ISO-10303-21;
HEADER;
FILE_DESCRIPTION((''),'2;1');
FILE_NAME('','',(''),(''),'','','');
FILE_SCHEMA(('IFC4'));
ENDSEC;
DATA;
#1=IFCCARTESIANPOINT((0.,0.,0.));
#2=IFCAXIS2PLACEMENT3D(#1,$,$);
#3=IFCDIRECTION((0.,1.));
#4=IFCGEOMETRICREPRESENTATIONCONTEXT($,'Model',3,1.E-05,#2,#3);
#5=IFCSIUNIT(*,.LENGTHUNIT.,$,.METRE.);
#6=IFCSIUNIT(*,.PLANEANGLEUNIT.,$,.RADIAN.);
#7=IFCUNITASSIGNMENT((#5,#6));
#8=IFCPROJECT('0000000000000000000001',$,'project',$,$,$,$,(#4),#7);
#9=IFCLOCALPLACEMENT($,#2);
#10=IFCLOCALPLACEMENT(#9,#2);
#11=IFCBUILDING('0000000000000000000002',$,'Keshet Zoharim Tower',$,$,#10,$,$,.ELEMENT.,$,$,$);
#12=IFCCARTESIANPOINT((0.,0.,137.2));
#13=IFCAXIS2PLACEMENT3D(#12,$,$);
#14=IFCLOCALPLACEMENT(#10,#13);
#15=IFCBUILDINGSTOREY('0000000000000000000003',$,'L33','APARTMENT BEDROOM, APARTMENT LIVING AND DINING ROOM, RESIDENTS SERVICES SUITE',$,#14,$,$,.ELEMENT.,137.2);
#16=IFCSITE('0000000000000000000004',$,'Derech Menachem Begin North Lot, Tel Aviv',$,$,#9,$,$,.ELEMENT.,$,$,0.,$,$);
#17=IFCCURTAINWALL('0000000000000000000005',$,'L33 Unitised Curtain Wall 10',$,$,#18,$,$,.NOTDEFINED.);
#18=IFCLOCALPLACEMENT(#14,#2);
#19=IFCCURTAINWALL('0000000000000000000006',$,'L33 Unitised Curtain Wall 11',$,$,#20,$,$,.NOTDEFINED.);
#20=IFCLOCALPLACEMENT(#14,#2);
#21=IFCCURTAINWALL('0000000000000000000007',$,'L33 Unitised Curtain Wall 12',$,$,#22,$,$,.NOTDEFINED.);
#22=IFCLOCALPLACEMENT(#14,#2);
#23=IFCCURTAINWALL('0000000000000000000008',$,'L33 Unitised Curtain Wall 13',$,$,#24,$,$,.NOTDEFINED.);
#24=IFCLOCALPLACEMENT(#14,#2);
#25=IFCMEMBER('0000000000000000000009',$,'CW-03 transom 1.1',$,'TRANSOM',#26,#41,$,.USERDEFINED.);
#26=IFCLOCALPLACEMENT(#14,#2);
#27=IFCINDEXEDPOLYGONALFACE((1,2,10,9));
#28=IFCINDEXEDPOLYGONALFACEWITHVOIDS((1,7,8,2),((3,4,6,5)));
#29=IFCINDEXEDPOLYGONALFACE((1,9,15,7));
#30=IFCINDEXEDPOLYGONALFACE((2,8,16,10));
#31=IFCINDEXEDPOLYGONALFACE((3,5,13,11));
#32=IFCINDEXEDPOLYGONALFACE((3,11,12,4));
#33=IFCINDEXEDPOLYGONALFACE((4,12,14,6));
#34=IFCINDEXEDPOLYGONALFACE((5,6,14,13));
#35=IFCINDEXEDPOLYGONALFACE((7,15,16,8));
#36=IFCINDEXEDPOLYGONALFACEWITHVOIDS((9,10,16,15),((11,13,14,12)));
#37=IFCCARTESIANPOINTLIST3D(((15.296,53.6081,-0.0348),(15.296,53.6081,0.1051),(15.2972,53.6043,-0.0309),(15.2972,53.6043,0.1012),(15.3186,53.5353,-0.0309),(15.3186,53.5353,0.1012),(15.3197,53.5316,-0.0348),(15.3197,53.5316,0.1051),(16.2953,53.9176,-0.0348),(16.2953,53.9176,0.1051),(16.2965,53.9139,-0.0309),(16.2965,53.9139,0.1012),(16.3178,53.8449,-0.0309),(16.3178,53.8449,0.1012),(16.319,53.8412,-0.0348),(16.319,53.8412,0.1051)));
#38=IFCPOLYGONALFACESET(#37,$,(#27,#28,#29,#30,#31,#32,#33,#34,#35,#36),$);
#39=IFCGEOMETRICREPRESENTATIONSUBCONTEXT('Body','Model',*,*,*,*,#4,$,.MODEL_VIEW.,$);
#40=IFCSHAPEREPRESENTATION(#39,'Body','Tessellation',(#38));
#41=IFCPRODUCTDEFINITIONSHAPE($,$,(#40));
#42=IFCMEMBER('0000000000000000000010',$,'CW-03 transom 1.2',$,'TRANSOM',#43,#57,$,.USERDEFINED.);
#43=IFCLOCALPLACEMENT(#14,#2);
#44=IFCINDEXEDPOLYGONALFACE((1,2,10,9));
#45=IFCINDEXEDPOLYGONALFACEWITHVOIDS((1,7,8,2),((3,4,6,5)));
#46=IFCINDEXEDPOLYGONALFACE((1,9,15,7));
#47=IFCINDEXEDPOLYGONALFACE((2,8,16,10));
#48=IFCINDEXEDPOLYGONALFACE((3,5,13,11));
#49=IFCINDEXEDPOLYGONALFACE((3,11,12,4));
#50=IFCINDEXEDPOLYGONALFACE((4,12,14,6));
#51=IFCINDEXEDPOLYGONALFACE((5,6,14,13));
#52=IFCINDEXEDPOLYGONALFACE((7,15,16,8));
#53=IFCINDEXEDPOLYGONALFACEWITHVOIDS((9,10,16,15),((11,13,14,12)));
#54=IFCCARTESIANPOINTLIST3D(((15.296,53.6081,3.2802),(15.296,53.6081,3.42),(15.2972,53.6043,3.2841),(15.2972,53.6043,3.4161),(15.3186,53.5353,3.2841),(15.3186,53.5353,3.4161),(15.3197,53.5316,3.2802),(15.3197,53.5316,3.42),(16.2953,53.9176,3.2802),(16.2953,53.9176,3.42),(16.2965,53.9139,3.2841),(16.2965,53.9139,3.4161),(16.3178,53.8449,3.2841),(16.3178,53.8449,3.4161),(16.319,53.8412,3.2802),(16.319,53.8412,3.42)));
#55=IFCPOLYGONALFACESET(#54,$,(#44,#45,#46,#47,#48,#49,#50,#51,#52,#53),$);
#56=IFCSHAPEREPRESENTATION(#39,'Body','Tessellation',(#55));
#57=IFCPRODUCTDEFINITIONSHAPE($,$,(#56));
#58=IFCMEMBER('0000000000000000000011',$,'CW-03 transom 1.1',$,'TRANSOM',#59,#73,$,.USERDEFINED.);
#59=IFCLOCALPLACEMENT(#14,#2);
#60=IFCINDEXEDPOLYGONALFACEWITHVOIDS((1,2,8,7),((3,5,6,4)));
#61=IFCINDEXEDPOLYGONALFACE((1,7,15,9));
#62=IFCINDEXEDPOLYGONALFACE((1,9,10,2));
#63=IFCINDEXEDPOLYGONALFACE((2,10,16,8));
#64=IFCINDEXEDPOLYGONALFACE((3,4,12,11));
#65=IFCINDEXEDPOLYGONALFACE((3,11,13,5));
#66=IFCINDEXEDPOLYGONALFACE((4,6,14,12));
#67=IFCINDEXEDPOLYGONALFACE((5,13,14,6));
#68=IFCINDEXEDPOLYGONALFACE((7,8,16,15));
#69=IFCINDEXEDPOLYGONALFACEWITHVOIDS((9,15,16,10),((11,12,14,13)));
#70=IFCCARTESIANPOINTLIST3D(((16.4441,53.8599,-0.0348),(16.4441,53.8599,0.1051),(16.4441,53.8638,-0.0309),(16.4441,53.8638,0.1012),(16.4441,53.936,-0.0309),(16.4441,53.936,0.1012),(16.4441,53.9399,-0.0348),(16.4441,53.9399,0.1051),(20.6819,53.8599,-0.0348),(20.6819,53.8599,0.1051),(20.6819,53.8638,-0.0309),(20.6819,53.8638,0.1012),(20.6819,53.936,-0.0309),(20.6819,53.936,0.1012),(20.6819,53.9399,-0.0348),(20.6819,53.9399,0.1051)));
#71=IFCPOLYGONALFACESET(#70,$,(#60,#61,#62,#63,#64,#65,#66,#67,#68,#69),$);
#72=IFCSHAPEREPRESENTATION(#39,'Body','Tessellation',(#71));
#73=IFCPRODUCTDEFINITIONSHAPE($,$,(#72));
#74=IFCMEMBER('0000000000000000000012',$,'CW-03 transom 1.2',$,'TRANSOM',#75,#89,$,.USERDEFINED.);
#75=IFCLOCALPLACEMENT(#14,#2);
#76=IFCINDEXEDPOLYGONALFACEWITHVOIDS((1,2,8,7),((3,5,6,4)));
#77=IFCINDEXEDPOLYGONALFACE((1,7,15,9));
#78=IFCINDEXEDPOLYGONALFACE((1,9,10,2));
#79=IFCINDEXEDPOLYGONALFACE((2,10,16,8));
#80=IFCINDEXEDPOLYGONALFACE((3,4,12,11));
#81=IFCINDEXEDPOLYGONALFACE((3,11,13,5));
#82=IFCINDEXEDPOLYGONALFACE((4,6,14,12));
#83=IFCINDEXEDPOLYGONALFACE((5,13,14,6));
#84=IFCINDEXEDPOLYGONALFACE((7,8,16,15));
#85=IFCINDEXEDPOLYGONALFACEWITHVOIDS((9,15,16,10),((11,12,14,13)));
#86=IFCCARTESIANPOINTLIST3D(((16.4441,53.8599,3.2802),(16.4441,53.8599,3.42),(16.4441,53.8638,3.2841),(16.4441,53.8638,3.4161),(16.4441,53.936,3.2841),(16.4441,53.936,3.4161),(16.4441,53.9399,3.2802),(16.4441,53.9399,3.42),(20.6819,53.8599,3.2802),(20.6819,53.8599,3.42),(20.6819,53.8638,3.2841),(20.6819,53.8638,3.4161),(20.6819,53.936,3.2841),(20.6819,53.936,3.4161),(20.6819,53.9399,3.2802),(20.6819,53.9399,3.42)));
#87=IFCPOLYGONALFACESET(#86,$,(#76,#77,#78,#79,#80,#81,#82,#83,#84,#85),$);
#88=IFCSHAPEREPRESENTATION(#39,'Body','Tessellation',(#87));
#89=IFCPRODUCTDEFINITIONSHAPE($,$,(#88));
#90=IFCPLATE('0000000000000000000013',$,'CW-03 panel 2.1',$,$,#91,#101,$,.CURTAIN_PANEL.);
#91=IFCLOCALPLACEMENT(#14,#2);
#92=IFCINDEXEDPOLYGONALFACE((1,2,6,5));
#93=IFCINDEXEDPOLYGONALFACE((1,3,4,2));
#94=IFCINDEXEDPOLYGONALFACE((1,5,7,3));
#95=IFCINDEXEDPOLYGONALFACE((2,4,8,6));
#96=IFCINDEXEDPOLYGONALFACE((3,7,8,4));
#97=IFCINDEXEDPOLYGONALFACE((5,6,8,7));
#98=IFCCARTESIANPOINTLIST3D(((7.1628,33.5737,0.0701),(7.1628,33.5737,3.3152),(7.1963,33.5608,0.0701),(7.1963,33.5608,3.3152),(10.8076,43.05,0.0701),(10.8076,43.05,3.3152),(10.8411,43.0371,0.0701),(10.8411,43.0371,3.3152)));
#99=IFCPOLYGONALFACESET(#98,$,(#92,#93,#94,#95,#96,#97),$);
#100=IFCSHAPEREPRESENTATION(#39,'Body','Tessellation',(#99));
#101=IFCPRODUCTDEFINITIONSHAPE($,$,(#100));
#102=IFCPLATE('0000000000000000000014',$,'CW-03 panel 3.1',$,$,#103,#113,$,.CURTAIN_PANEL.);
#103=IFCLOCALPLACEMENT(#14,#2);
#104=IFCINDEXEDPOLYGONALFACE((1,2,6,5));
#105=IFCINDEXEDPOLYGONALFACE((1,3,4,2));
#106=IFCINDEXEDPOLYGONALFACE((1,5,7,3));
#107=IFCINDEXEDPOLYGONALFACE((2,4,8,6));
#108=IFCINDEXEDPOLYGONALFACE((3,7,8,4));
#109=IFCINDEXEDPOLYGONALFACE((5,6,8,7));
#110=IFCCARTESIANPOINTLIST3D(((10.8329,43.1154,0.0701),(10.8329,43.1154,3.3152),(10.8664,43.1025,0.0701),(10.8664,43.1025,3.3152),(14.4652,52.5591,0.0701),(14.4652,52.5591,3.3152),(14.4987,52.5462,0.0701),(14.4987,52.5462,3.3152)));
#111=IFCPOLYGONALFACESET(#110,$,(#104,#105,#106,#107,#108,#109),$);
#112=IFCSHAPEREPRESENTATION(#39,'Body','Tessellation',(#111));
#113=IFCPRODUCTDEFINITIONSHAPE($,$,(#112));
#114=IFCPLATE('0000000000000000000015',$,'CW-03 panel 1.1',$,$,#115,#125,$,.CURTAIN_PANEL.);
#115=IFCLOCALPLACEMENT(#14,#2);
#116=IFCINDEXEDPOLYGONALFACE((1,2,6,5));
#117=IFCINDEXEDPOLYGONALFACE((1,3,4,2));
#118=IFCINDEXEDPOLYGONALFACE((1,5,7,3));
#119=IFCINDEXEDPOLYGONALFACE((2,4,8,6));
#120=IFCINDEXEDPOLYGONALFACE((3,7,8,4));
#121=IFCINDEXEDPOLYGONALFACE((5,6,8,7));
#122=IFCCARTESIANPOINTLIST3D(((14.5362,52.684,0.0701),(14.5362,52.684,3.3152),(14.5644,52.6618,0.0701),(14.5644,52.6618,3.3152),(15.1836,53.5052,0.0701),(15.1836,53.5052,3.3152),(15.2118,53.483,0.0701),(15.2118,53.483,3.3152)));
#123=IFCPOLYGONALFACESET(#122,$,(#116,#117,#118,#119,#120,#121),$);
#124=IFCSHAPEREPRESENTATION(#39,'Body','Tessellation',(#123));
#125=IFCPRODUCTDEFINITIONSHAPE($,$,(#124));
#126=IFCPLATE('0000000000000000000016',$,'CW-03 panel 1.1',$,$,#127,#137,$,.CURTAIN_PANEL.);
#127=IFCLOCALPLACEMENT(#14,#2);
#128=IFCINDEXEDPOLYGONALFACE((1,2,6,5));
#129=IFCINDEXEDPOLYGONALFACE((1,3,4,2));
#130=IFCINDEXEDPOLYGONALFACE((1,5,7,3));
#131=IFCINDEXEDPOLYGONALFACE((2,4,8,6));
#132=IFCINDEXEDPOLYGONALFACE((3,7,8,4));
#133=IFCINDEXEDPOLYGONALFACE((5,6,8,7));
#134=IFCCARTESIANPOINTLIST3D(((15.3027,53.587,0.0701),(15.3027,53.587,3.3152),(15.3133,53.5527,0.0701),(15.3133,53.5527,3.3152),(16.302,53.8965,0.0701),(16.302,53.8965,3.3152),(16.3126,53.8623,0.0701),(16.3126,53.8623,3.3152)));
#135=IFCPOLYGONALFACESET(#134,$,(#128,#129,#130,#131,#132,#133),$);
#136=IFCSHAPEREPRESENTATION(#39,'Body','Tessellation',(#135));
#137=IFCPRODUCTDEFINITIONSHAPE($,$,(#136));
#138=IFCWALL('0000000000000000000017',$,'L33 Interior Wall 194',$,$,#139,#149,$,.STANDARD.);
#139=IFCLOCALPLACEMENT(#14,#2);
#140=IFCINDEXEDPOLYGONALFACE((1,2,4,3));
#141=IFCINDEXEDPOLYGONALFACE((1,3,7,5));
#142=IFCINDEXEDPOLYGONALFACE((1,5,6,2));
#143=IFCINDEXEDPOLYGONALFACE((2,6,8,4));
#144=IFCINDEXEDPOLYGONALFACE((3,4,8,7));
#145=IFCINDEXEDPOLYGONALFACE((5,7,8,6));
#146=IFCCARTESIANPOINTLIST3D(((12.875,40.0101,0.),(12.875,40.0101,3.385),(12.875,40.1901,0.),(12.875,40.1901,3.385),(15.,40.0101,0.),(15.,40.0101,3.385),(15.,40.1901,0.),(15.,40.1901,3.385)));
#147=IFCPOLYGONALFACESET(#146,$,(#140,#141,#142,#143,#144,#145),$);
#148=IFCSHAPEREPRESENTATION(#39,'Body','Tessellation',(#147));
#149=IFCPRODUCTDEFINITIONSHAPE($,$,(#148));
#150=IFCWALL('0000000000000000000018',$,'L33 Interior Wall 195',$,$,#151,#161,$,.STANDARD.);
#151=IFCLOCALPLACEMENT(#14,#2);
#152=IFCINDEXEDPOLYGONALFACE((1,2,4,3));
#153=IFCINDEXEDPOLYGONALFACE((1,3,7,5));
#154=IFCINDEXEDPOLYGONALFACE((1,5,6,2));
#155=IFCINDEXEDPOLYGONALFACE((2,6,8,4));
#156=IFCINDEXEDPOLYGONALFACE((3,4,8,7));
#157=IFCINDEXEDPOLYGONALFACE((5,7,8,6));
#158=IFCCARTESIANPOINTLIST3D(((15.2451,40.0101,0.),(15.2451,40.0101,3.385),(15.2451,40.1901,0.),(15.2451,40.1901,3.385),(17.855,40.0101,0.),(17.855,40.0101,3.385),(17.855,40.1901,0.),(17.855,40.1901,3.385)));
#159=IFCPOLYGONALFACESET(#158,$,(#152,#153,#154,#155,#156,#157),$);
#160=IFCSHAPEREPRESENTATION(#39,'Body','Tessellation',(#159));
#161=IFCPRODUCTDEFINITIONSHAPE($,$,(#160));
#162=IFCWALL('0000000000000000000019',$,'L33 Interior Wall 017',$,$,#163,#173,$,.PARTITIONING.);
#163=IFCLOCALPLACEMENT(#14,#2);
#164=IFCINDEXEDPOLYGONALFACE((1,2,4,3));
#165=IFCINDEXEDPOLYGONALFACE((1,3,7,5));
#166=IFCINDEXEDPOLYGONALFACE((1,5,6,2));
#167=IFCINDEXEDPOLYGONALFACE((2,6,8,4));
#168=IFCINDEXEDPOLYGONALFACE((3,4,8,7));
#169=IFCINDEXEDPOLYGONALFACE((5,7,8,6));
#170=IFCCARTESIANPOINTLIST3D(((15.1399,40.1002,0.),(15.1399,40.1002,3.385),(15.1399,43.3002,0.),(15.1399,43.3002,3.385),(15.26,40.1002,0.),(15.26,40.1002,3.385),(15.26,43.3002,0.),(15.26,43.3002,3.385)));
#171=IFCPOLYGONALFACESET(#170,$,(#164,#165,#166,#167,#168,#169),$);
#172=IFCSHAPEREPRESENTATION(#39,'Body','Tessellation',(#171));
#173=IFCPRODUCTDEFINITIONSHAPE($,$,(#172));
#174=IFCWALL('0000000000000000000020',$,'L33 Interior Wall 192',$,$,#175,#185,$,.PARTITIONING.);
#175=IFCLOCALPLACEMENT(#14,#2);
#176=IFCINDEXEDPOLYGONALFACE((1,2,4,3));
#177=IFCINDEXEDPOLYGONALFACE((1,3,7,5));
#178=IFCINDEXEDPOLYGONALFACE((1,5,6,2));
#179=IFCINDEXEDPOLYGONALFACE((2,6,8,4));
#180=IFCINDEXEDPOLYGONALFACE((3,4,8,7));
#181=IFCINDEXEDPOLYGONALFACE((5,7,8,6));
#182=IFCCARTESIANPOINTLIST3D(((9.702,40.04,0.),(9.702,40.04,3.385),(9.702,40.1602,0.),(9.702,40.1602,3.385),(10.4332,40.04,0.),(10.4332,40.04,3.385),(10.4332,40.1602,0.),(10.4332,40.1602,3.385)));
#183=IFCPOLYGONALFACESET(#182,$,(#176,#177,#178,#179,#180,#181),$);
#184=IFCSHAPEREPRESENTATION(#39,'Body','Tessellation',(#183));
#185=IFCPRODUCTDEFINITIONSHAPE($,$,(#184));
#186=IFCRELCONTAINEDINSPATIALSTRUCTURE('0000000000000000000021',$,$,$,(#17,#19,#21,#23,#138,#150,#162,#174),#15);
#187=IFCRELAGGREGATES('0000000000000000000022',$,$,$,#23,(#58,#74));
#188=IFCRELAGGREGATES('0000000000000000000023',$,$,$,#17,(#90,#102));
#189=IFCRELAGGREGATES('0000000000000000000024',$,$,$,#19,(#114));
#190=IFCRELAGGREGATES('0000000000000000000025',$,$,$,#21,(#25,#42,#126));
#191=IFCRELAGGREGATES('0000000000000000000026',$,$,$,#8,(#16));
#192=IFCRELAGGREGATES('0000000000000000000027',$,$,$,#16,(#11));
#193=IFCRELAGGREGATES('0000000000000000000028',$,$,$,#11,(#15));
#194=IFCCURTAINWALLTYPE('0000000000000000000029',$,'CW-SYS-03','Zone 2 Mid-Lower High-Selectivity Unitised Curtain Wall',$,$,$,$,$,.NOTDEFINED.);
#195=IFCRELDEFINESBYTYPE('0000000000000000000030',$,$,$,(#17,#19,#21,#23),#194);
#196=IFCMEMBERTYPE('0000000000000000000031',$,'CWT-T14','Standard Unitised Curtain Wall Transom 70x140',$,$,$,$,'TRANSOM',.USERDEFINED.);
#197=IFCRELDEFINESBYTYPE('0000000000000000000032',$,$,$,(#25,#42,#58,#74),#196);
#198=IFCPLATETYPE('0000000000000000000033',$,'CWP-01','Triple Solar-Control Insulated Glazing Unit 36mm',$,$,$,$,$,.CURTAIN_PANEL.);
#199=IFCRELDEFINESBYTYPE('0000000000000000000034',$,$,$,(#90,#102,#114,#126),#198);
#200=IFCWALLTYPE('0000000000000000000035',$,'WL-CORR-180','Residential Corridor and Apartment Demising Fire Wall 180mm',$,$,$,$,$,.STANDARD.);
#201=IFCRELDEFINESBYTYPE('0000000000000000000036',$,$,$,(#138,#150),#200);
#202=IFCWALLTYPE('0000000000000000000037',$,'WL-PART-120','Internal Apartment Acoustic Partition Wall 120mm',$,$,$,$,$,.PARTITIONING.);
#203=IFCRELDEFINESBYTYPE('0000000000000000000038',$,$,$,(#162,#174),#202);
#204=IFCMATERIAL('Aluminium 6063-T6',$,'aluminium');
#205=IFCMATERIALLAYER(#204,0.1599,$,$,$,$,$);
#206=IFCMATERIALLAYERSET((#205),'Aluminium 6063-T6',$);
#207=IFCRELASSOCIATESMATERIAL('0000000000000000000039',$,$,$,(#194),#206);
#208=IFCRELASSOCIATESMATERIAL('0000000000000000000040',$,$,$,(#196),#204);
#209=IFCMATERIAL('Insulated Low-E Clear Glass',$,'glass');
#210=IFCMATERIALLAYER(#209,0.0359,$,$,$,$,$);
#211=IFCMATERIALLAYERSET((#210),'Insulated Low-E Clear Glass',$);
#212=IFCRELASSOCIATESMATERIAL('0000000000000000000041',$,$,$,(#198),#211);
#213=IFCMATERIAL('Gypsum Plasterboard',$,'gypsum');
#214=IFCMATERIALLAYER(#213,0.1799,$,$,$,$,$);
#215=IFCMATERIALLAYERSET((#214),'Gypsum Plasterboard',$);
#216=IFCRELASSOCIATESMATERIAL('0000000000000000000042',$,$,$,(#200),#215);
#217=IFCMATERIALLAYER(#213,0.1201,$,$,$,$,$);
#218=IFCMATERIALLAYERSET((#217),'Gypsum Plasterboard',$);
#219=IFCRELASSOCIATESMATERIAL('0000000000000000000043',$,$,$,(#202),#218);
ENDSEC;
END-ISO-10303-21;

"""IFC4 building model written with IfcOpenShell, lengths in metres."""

from ifc_helpers import new_model, si_unit, direction, frame, frame_2d, origin, origin_2d, place, context, subcontext, project, spatial, rectangle, hollow_rectangle, extrude, material, layer, layer_set, material_profile, profile_set, type_object, element, aggregate, save


model = new_model("IFC4")

# Units and contexts
model_context = context("Model", 3, precision=1e-05, world=origin(), true_north=direction((0.0, 1.0)))
body_context = subcontext(model_context, "Body", "Model", "MODEL_VIEW")
ifc_project = project(units=[si_unit("LENGTHUNIT", "METRE"), si_unit("PLANEANGLEUNIT", "RADIAN")], contexts=[model_context])

# Site, building, storey
site_placement = place(None, origin())
site = spatial("IfcSite", under=ifc_project, at=site_placement, Name="Derech Menachem Begin North Lot, Tel Aviv", CompositionType="ELEMENT", RefElevation=0.0)
building_placement = place(site_placement, origin())
building = spatial("IfcBuilding", under=site, at=building_placement, Name="Keshet Zoharim Tower", CompositionType="ELEMENT")
storey_placement = place(building_placement, frame((0.0, 0.0, 137.2)))
storey = spatial("IfcBuildingStorey", under=building, at=storey_placement, Name="L33", Description="APARTMENT BEDROOM, APARTMENT LIVING AND DINING ROOM, RESIDENTS SERVICES SUITE", CompositionType="ELEMENT", Elevation=137.2)

# Curtain walls
ifc_material_1 = material(Name="Aluminium 6063-T6", Category="aluminium")
ifc_layer_1 = layer(ifc_material_1, 0.1599)
ifc_layer_set_1 = layer_set([ifc_layer_1], Name="Aluminium 6063-T6")
curtain_wall_type = type_object("IfcCurtainWallType", Name="CW-SYS-03", Description="Zone 2 Mid-Lower High-Selectivity Unitised Curtain Wall", PredefinedType="NOTDEFINED", material=ifc_layer_set_1)
curtain_wall_1_placement = place(storey_placement, origin())
curtain_wall_1 = element("IfcCurtainWall", 1, at=curtain_wall_1_placement, inside=storey, type_object=curtain_wall_type, Name="L33 Unitised Curtain Wall 10", PredefinedType="NOTDEFINED")
curtain_wall_2_placement = place(storey_placement, origin())
curtain_wall_2 = element("IfcCurtainWall", 2, at=curtain_wall_2_placement, inside=storey, type_object=curtain_wall_type, Name="L33 Unitised Curtain Wall 11", PredefinedType="NOTDEFINED")
curtain_wall_3_placement = place(storey_placement, origin())
curtain_wall_3 = element("IfcCurtainWall", 3, at=curtain_wall_3_placement, inside=storey, type_object=curtain_wall_type, Name="L33 Unitised Curtain Wall 12", PredefinedType="NOTDEFINED")

# Curtain wall
curtain_wall_4_placement = place(storey_placement, origin())
curtain_wall_4 = element("IfcCurtainWall", 4, at=curtain_wall_4_placement, inside=storey, type_object=curtain_wall_type, Name="L33 Unitised Curtain Wall 13", PredefinedType="NOTDEFINED")

# Members
ifc_material_profile_1 = material_profile(ifc_material_1, hollow_rectangle(XDim=0.0801, YDim=0.1399, WallThickness=0.0039, at=origin_2d()), Name="TRN-80x140")
ifc_profile_set_1 = profile_set([ifc_material_profile_1], Name="Aluminium 6063-T6")
member_type_1 = type_object("IfcMemberType", Name="CWT-T14", Description="Standard Unitised Curtain Wall Transom 70x140", ElementType="TRANSOM", PredefinedType="USERDEFINED", material=ifc_profile_set_1)
member_1_placement = place(storey_placement, frame((15.3079, 53.5698, 0.0352), z_axis=(0.955212, 0.295922, 0.0), x_axis=(-0.295922, 0.955212, 0.0)))
member_1 = element("IfcMember", 5, at=member_1_placement, type_object=member_type_1, Name="CW-03 transom 1.1", ObjectType="TRANSOM", PredefinedType="USERDEFINED", context=body_context, shape_type="SweptSolid", body=[
    extrude(hollow_rectangle(XDim=0.0801, YDim=0.1399, WallThickness=0.0039, at=origin_2d()), origin(), (0.0, 0.0, 1.0), 1.0461),
])
member_2_placement = place(storey_placement, frame((15.3079, 53.5698, 3.3501), z_axis=(0.955212, 0.295922, 0.0), x_axis=(-0.295922, 0.955212, 0.0)))
member_2 = element("IfcMember", 6, at=member_2_placement, type_object=member_type_1, Name="CW-03 transom 1.2", ObjectType="TRANSOM", PredefinedType="USERDEFINED", context=body_context, shape_type="SweptSolid", body=[
    extrude(hollow_rectangle(XDim=0.0801, YDim=0.1399, WallThickness=0.0039, at=origin_2d()), origin(), (0.0, 0.0, 1.0), 1.0461),
])
member_3_placement = place(storey_placement, frame((16.4441, 53.8999, 0.0352), z_axis=(1.0, 0.0, 0.0), x_axis=(0.0, 1.0, 0.0)))
member_3 = element("IfcMember", 7, at=member_3_placement, type_object=member_type_1, Name="CW-03 transom 1.1", ObjectType="TRANSOM", PredefinedType="USERDEFINED", context=body_context, shape_type="SweptSolid", body=[
    extrude(hollow_rectangle(XDim=0.0801, YDim=0.1399, WallThickness=0.0039, at=origin_2d()), origin(), (0.0, 0.0, 1.0), 4.2378),
])
member_4_placement = place(storey_placement, frame((16.4441, 53.8999, 3.3501), z_axis=(1.0, 0.0, 0.0), x_axis=(0.0, 1.0, 0.0)))
member_4 = element("IfcMember", 8, at=member_4_placement, type_object=member_type_1, Name="CW-03 transom 1.2", ObjectType="TRANSOM", PredefinedType="USERDEFINED", context=body_context, shape_type="SweptSolid", body=[
    extrude(hollow_rectangle(XDim=0.0801, YDim=0.1399, WallThickness=0.0039, at=origin_2d()), origin(), (0.0, 0.0, 1.0), 4.2378),
])
aggregate(curtain_wall_4, [member_3, member_4])

# Plates
ifc_material_2 = material(Name="Insulated Low-E Clear Glass", Category="glass")
ifc_layer_2 = layer(ifc_material_2, 0.0359)
ifc_layer_set_2 = layer_set([ifc_layer_2], Name="Insulated Low-E Clear Glass")
plate_type = type_object("IfcPlateType", Name="CWP-01", Description="Triple Solar-Control Insulated Glazing Unit 36mm", PredefinedType="CURTAIN_PANEL", material=ifc_layer_set_2)
plate_1_placement = place(storey_placement, frame((9.002, 38.3054, 0.0701), z_axis=(0.0, 0.0, 1.0), x_axis=(0.35899, 0.933341, 0.0)))
plate_1 = element("IfcPlate", 9, at=plate_1_placement, type_object=plate_type, Name="CW-03 panel 2.1", PredefinedType="CURTAIN_PANEL", context=body_context, shape_type="SweptSolid", body=[
    extrude(rectangle(XDim=10.1531, YDim=0.0359, at=origin_2d()), origin(), (0.0, 0.0, 1.0), 3.2451),
])
plate_2_placement = place(storey_placement, frame((12.6658, 47.8308, 0.0701), z_axis=(0.0, 0.0, 1.0), x_axis=(0.35899, 0.933341, 0.0)))
plate_2 = element("IfcPlate", 10, at=plate_2_placement, type_object=plate_type, Name="CW-03 panel 3.1", PredefinedType="CURTAIN_PANEL", context=body_context, shape_type="SweptSolid", body=[
    extrude(rectangle(XDim=10.1182, YDim=0.0359, at=origin_2d()), origin(), (0.0, 0.0, 1.0), 3.2451),
])
aggregate(curtain_wall_1, [plate_1, plate_2])
plate_3_placement = place(storey_placement, frame((14.874, 53.0835, 0.0701), z_axis=(0.0, 0.0, 1.0), x_axis=(0.619125, 0.785293, 0.0)))
plate_3 = element("IfcPlate", 11, at=plate_3_placement, type_object=plate_type, Name="CW-03 panel 1.1", PredefinedType="CURTAIN_PANEL", context=body_context, shape_type="SweptSolid", body=[
    extrude(rectangle(XDim=1.0457, YDim=0.0359, at=origin_2d()), origin(), (0.0, 0.0, 1.0), 3.2451),
])
aggregate(curtain_wall_2, [plate_3])
plate_4_placement = place(storey_placement, frame((15.8076, 53.7246, 0.0701), z_axis=(0.0, 0.0, 1.0), x_axis=(0.955212, 0.295922, 0.0)))
plate_4 = element("IfcPlate", 12, at=plate_4_placement, type_object=plate_type, Name="CW-03 panel 1.1", PredefinedType="CURTAIN_PANEL", context=body_context, shape_type="SweptSolid", body=[
    extrude(rectangle(XDim=1.0461, YDim=0.0359, at=origin_2d()), origin(), (0.0, 0.0, 1.0), 3.2451),
])
aggregate(curtain_wall_3, [member_1, member_2, plate_4])

# Walls
ifc_material_3 = material(Name="Gypsum Plasterboard", Category="gypsum")
ifc_layer_3 = layer(ifc_material_3, 0.1799)
ifc_layer_set_3 = layer_set([ifc_layer_3], Name="Gypsum Plasterboard")
wall_type_1 = type_object("IfcWallType", Name="WL-CORR-180", Description="Residential Corridor and Apartment Demising Fire Wall 180mm", PredefinedType="STANDARD", material=ifc_layer_set_3)
wall_1_placement = place(storey_placement, frame((12.875, 40.1001, 0.0), z_axis=(0.0, 0.0, 1.0), x_axis=(1.0, 0.0, 0.0)))
element("IfcWall", 13, at=wall_1_placement, inside=storey, type_object=wall_type_1, Name="L33 Interior Wall 194", PredefinedType="STANDARD", context=body_context, shape_type="SweptSolid", body=[
    extrude(rectangle(XDim=2.125, YDim=0.1799, at=frame_2d((1.0625, 0.0))), origin(), (0.0, 0.0, 1.0), 3.385),
])
wall_2_placement = place(storey_placement, frame((15.2451, 40.1001, 0.0), z_axis=(0.0, 0.0, 1.0), x_axis=(1.0, 0.0, 0.0)))
element("IfcWall", 14, at=wall_2_placement, inside=storey, type_object=wall_type_1, Name="L33 Interior Wall 195", PredefinedType="STANDARD", context=body_context, shape_type="SweptSolid", body=[
    extrude(rectangle(XDim=2.6099, YDim=0.1799, at=frame_2d((1.3049, 0.0))), origin(), (0.0, 0.0, 1.0), 3.385),
])

# Wall
ifc_layer_4 = layer(ifc_material_3, 0.1201)
ifc_layer_set_4 = layer_set([ifc_layer_4], Name="Gypsum Plasterboard")
wall_type_2 = type_object("IfcWallType", Name="WL-PART-120", Description="Internal Apartment Acoustic Partition Wall 120mm", PredefinedType="PARTITIONING", material=ifc_layer_set_4)
wall_3_placement = place(storey_placement, frame((15.2, 40.1001, 0.0), z_axis=(0.0, 0.0, 1.0), x_axis=(0.0, 1.0, 0.0)))
element("IfcWall", 15, at=wall_3_placement, inside=storey, type_object=wall_type_2, Name="L33 Interior Wall 017", PredefinedType="PARTITIONING", context=body_context, shape_type="SweptSolid", body=[
    extrude(rectangle(XDim=3.2, YDim=0.1201, at=frame_2d((1.6001, 0.0))), origin(), (0.0, 0.0, 1.0), 3.385),
])

# Wall
wall_4_placement = place(storey_placement, frame((9.7019, 40.1001, 0.0), z_axis=(0.0, 0.0, 1.0), x_axis=(1.0, 0.0, 0.0)))
element("IfcWall", 16, at=wall_4_placement, inside=storey, type_object=wall_type_2, Name="L33 Interior Wall 192", PredefinedType="PARTITIONING", context=body_context, shape_type="SweptSolid", body=[
    extrude(rectangle(XDim=0.7312, YDim=0.1201, at=frame_2d((0.3657, 0.0))), origin(), (0.0, 0.0, 1.0), 3.385),
])

save(model, "model.ifc")
